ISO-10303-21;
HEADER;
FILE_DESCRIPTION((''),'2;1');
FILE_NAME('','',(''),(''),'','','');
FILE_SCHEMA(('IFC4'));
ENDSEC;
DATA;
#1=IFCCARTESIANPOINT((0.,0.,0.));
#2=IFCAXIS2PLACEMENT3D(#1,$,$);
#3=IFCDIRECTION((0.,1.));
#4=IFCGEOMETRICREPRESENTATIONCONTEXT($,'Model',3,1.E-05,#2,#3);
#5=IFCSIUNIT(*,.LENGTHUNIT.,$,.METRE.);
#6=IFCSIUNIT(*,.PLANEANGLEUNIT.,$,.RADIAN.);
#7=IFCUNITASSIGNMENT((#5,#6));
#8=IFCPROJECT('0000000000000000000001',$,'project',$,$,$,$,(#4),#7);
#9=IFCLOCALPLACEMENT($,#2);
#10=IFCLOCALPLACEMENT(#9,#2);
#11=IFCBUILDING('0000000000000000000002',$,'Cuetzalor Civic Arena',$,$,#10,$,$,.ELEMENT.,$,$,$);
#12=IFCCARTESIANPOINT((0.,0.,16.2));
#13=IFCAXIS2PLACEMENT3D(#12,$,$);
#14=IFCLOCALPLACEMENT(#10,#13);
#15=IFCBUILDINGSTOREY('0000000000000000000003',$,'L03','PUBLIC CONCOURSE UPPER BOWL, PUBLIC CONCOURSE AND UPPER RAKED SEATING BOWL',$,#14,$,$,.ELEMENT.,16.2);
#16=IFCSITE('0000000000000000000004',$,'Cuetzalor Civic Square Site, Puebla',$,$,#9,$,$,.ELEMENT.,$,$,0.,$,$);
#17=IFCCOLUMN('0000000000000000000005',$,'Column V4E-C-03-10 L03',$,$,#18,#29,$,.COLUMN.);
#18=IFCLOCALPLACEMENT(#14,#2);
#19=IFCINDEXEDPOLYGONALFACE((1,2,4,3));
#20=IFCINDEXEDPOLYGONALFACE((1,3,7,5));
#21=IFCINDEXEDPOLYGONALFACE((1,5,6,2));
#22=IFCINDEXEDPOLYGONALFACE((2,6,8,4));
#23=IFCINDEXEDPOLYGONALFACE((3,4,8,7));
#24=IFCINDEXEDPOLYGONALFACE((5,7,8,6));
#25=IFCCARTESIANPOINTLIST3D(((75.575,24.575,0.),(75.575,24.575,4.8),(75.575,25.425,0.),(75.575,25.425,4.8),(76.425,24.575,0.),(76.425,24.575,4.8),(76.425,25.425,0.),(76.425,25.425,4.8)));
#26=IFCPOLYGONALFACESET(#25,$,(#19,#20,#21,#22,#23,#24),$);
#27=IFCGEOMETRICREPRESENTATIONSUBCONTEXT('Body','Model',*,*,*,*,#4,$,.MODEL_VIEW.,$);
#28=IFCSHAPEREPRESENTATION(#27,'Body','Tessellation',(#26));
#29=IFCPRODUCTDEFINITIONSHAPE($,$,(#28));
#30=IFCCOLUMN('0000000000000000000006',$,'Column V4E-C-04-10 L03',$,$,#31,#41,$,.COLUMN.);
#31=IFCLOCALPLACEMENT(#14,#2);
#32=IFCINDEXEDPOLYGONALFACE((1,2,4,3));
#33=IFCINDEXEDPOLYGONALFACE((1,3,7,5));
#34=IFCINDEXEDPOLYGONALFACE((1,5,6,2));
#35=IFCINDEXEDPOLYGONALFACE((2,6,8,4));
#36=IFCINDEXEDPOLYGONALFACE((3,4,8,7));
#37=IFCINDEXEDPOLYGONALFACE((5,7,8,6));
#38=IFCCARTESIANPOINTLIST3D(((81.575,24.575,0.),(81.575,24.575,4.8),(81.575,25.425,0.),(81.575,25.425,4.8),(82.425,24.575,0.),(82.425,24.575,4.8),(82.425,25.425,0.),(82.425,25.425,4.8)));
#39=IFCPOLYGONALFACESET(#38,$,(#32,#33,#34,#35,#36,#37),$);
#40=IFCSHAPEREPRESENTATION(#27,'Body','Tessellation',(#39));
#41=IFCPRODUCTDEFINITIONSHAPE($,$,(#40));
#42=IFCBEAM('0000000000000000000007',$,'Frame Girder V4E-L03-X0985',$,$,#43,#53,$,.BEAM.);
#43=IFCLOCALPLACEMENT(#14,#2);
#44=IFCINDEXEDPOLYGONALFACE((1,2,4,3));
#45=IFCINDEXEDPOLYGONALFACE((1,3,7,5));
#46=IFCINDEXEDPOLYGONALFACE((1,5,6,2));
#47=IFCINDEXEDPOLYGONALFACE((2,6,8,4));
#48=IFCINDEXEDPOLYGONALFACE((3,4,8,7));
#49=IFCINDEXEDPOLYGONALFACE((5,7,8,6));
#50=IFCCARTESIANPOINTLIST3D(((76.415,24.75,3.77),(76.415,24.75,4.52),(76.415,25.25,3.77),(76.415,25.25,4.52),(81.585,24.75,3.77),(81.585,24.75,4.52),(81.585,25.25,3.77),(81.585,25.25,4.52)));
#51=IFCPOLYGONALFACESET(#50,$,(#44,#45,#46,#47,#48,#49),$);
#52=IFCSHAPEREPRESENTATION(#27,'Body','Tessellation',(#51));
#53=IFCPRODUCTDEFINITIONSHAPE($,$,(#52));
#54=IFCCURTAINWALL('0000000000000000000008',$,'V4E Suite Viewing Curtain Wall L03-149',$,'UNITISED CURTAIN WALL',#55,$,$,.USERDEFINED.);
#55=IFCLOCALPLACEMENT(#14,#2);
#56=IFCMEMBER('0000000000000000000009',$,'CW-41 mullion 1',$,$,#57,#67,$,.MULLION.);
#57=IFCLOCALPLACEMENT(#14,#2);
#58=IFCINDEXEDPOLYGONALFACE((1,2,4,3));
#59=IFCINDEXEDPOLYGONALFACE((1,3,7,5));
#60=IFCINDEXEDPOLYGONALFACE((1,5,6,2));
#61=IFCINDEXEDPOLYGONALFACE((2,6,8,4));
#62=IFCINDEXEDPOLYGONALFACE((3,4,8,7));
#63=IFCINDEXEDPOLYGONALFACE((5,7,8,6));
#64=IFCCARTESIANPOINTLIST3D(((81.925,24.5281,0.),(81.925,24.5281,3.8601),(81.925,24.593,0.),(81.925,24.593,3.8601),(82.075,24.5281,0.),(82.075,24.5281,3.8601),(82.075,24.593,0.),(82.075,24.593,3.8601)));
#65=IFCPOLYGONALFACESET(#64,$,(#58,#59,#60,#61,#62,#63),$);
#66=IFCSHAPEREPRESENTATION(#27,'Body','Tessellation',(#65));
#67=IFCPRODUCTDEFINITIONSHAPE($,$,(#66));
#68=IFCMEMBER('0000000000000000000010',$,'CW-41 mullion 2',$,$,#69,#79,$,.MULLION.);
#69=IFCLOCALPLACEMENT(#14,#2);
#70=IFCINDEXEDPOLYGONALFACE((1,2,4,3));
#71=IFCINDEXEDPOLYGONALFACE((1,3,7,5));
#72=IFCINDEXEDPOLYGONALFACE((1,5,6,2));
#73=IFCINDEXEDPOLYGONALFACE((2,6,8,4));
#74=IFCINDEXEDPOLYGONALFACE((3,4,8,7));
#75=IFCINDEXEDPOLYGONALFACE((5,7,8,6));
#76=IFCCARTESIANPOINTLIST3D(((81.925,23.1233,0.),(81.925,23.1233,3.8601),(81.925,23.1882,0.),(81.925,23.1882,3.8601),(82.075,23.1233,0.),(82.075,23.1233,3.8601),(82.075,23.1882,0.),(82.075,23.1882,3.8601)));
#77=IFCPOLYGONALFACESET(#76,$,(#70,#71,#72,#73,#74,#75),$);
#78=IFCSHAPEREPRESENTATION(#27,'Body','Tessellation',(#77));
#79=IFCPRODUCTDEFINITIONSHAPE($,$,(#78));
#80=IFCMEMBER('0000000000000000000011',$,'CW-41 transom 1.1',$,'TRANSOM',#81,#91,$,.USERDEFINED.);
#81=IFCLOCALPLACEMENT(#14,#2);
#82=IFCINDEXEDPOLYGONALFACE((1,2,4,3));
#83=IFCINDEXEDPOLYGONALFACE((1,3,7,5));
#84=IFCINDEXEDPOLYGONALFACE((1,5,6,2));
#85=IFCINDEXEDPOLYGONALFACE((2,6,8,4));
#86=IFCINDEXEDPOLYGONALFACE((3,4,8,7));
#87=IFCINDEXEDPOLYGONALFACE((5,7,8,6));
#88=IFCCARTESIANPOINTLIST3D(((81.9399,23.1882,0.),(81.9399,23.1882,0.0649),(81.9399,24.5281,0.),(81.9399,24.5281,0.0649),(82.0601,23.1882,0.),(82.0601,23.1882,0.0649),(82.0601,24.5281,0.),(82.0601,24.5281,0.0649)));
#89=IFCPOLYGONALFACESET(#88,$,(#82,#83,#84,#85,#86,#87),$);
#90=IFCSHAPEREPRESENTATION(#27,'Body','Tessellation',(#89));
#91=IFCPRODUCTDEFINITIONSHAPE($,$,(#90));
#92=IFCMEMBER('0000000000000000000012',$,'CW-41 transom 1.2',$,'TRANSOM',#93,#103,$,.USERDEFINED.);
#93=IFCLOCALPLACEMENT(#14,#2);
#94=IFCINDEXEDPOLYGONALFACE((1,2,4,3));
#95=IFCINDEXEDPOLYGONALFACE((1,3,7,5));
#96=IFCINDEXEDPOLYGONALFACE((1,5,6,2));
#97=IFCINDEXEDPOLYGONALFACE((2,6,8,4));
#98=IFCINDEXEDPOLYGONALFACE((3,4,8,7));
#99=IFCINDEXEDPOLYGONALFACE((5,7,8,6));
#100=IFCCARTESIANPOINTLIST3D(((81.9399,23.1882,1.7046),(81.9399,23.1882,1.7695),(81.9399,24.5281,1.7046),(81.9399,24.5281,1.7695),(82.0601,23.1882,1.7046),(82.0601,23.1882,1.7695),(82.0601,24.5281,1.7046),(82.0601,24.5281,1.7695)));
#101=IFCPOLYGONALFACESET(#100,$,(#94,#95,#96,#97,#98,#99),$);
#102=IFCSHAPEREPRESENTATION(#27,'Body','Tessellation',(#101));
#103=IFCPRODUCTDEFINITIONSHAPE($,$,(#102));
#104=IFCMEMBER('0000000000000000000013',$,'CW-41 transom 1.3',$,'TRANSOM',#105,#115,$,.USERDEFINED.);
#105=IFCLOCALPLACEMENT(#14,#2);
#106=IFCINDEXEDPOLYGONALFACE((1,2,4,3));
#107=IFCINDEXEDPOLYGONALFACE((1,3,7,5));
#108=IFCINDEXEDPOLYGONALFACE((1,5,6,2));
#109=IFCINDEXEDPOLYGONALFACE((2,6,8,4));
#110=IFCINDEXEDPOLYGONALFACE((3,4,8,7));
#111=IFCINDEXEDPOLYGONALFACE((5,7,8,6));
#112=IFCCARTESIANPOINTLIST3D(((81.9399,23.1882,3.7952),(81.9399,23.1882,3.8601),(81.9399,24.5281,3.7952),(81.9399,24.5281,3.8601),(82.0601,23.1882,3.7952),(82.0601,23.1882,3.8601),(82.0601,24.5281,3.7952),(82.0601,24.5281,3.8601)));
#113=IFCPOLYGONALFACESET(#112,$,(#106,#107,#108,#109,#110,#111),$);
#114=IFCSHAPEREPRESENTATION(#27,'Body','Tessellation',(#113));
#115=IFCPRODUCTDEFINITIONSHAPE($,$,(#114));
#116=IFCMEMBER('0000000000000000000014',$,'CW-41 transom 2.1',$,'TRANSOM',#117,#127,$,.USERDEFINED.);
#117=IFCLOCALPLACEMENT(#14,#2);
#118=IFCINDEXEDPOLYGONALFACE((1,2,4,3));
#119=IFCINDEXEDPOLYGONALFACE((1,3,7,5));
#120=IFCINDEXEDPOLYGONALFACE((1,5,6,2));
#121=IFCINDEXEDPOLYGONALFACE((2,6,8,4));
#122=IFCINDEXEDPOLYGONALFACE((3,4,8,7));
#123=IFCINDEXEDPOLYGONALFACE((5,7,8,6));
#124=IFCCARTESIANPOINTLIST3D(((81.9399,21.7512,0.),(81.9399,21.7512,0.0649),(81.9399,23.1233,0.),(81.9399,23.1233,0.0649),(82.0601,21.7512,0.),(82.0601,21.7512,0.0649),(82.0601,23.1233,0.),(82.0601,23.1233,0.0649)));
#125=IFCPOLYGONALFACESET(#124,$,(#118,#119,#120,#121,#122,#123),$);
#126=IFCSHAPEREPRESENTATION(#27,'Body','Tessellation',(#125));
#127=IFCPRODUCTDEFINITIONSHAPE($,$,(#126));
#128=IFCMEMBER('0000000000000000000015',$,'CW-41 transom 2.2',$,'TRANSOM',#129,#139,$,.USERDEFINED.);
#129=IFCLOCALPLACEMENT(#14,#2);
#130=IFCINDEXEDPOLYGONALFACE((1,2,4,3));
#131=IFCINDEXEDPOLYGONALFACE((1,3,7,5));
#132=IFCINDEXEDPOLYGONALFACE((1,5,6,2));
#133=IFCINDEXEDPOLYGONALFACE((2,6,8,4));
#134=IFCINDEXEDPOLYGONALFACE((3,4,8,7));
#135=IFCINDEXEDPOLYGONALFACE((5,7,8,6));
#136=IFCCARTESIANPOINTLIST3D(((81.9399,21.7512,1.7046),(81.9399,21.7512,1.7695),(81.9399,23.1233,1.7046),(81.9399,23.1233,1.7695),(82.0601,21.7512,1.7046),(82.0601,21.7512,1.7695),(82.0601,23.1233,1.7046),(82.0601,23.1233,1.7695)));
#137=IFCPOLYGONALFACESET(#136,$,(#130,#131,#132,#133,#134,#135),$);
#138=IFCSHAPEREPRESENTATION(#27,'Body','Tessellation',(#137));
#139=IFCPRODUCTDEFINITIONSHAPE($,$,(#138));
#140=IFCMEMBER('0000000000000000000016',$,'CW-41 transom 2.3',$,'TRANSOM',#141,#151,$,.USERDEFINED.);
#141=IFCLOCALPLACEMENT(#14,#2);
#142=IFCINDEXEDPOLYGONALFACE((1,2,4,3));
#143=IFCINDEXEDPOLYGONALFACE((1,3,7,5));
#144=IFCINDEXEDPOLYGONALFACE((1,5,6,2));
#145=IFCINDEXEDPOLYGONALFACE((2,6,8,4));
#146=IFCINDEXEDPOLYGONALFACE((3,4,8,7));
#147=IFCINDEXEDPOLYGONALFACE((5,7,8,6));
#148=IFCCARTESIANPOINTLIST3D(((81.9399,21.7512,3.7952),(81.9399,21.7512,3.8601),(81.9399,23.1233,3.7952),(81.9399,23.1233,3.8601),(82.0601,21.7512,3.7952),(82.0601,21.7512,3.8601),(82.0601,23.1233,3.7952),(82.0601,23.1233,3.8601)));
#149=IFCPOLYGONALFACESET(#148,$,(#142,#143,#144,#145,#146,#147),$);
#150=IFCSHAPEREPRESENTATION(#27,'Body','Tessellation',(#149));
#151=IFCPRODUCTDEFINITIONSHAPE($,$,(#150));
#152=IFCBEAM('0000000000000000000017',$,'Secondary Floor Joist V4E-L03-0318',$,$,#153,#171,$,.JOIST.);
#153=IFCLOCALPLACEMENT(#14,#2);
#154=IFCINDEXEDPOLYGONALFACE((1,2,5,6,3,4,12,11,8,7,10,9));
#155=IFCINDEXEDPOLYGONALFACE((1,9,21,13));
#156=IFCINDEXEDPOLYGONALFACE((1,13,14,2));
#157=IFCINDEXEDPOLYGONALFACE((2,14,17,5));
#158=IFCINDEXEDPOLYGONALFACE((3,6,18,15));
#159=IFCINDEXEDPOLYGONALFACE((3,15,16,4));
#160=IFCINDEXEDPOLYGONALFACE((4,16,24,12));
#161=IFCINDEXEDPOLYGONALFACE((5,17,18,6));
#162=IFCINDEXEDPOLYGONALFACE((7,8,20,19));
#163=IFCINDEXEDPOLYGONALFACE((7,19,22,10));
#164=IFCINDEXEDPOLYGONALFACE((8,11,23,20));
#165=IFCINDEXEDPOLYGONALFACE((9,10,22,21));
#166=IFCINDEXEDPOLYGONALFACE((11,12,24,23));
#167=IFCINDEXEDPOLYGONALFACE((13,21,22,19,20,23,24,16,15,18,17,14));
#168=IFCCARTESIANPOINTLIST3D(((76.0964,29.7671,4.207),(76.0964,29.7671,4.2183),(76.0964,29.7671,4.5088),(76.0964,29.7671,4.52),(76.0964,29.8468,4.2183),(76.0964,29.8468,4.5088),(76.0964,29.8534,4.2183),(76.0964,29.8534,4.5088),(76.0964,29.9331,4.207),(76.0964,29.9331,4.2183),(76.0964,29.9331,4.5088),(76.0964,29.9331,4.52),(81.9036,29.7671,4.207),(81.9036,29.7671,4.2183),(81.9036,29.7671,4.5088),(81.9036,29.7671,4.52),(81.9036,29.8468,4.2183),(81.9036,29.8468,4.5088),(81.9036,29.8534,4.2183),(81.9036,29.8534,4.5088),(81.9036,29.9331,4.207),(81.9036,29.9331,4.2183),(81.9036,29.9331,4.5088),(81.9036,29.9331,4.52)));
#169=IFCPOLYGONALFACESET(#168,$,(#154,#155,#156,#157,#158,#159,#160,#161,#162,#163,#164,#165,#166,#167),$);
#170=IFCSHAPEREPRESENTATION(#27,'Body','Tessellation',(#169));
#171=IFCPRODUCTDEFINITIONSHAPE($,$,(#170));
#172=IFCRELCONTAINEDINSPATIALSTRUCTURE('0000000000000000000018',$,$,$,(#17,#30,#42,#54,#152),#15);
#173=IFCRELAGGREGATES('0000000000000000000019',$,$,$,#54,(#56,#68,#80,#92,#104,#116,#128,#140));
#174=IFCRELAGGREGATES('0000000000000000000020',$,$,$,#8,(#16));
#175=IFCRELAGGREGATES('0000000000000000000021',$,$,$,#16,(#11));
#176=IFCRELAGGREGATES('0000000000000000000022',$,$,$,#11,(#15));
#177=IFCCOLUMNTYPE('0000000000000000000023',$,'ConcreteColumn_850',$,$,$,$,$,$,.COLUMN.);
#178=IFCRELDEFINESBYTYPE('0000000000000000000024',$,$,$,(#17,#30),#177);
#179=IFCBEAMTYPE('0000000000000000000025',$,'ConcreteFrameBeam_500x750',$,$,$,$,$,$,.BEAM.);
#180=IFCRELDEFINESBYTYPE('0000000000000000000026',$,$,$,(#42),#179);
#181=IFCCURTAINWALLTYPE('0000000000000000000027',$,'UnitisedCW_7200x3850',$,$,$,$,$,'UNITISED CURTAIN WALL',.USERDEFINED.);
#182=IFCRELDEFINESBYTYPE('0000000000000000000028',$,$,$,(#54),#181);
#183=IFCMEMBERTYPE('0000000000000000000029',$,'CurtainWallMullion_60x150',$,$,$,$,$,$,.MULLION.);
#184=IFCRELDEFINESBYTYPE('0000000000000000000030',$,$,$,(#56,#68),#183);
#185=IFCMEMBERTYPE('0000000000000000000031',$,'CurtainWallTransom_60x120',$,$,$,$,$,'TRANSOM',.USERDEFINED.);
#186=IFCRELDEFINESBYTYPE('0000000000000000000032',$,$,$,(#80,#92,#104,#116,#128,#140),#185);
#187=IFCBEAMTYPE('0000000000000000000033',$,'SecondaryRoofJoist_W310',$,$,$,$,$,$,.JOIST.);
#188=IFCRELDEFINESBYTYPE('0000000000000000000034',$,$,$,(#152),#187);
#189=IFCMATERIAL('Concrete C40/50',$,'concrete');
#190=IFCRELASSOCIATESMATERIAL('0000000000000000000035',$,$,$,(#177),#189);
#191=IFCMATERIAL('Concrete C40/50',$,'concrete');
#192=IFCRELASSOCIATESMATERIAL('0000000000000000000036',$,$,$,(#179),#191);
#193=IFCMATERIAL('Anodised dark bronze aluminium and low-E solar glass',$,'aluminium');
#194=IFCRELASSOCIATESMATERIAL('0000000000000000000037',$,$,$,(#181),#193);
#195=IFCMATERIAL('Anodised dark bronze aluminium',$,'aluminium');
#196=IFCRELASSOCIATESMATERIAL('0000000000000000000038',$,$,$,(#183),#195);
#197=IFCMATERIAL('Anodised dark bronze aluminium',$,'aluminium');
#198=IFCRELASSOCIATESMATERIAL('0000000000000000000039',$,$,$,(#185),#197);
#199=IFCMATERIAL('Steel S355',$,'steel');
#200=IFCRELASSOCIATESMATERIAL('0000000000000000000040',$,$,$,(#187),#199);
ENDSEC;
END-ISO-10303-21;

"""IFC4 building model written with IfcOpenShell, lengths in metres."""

from ifc_helpers import new_model, si_unit, direction, frame, origin, origin_2d, place, context, subcontext, project, spatial, rectangle, i_section, extrude, material, material_profile, profile_set, type_object, element, aggregate, save


model = new_model("IFC4")

# Units and contexts
model_context = context("Model", 3, precision=1e-05, world=origin(), true_north=direction((0.0, 1.0)))
body_context = subcontext(model_context, "Body", "Model", "MODEL_VIEW")
ifc_project = project(units=[si_unit("LENGTHUNIT", "METRE"), si_unit("PLANEANGLEUNIT", "RADIAN")], contexts=[model_context])

# Site, building, storey
site_placement = place(None, origin())
site = spatial("IfcSite", under=ifc_project, at=site_placement, Name="Cuetzalor Civic Square Site, Puebla", CompositionType="ELEMENT", RefElevation=0.0)
building_placement = place(site_placement, origin())
building = spatial("IfcBuilding", under=site, at=building_placement, Name="Cuetzalor Civic Arena", CompositionType="ELEMENT")
storey_placement = place(building_placement, frame((0.0, 0.0, 16.2)))
storey = spatial("IfcBuildingStorey", under=building, at=storey_placement, Name="L03", Description="PUBLIC CONCOURSE UPPER BOWL, PUBLIC CONCOURSE AND UPPER RAKED SEATING BOWL", CompositionType="ELEMENT", Elevation=16.2)

# Columns
ifc_material_1 = material(Name="Concrete C40/50", Category="concrete")
ifc_material_profile_1 = material_profile(ifc_material_1, rectangle(XDim=0.8501, YDim=0.8501, at=origin_2d()), Name="RC 850x850")
ifc_profile_set_1 = profile_set([ifc_material_profile_1], Name="Concrete C40/50")
column_type = type_object("IfcColumnType", Name="ConcreteColumn_850", PredefinedType="COLUMN", material=ifc_profile_set_1)
for number, where, z_axis, x_axis, name in (
    (1, (76.0, 25.0, 0.0), (0.0, 0.0, 1.0), (1.0, 0.0, 0.0), "Column V4E-C-03-10 L03"),
    (2, (82.0, 25.0, 0.0), (0.0, 0.0, 1.0), (1.0, 0.0, 0.0), "Column V4E-C-04-10 L03"),
):
    element("IfcColumn", number, at=place(storey_placement, frame(where, z_axis=z_axis, x_axis=x_axis)), inside=storey, type_object=column_type, Name=name, PredefinedType="COLUMN", context=body_context, shape_type="SweptSolid", body=[
        extrude(rectangle(XDim=0.8501, YDim=0.8501, at=origin_2d()), origin(), (0.0, 0.0, 1.0), 4.8),
    ])

# Beam
ifc_material_2 = material(Name="Concrete C40/50", Category="concrete")
ifc_material_profile_2 = material_profile(ifc_material_2, rectangle(XDim=0.5, YDim=0.75, at=origin_2d()), Name="RC 500x750")
ifc_profile_set_2 = profile_set([ifc_material_profile_2], Name="Concrete C40/50")
beam_type_1 = type_object("IfcBeamType", Name="ConcreteFrameBeam_500x750", PredefinedType="BEAM", material=ifc_profile_set_2)
beam_1_placement = place(storey_placement, frame((76.415, 25.0, 4.145), z_axis=(1.0, 0.0, 0.0), x_axis=(0.0, 1.0, 0.0)))
element("IfcBeam", 3, at=beam_1_placement, inside=storey, type_object=beam_type_1, Name="Frame Girder V4E-L03-X0985", PredefinedType="BEAM", context=body_context, shape_type="SweptSolid", body=[
    extrude(rectangle(XDim=0.5, YDim=0.75, at=origin_2d()), origin(), (0.0, 0.0, 1.0), 5.1699),
])

# Curtain wall, members
ifc_material_3 = material(Name="Anodised dark bronze aluminium and low-E solar glass", Category="aluminium")
curtain_wall_type = type_object("IfcCurtainWallType", Name="UnitisedCW_7200x3850", ElementType="UNITISED CURTAIN WALL", PredefinedType="USERDEFINED", material=ifc_material_3)
curtain_wall_placement = place(storey_placement, origin())
curtain_wall = element("IfcCurtainWall", 4, at=curtain_wall_placement, inside=storey, type_object=curtain_wall_type, Name="V4E Suite Viewing Curtain Wall L03-149", ObjectType="UNITISED CURTAIN WALL", PredefinedType="USERDEFINED")
ifc_material_4 = material(Name="Anodised dark bronze aluminium", Category="aluminium")
ifc_material_profile_3 = material_profile(ifc_material_4, rectangle(XDim=0.0649, YDim=0.1499, at=origin_2d()), Name="ALU MULLION 65x150")
ifc_profile_set_3 = profile_set([ifc_material_profile_3], Name="Anodised dark bronze aluminium")
member_type_1 = type_object("IfcMemberType", Name="CurtainWallMullion_60x150", PredefinedType="MULLION", material=ifc_profile_set_3)
member_1_placement = place(storey_placement, frame((82.0, 24.5605, 0.0), z_axis=(0.0, 0.0, 1.0), x_axis=(0.0, -1.0, 0.0)))
member_1 = element("IfcMember", 5, at=member_1_placement, type_object=member_type_1, Name="CW-41 mullion 1", PredefinedType="MULLION", context=body_context, shape_type="SweptSolid", body=[
    extrude(rectangle(XDim=0.0649, YDim=0.1499, at=origin_2d()), origin(), (0.0, 0.0, 1.0), 3.8601),
])
member_2_placement = place(storey_placement, frame((82.0, 23.1558, 0.0), z_axis=(0.0, 0.0, 1.0), x_axis=(0.0, -1.0, 0.0)))
member_2 = element("IfcMember", 6, at=member_2_placement, type_object=member_type_1, Name="CW-41 mullion 2", PredefinedType="MULLION", context=body_context, shape_type="SweptSolid", body=[
    extrude(rectangle(XDim=0.0649, YDim=0.1499, at=origin_2d()), origin(), (0.0, 0.0, 1.0), 3.8601),
])
ifc_material_5 = material(Name="Anodised dark bronze aluminium", Category="aluminium")
ifc_material_profile_4 = material_profile(ifc_material_5, rectangle(XDim=0.1201, YDim=0.0649, at=origin_2d()), Name="ALU TRANSOM 65x120")
ifc_profile_set_4 = profile_set([ifc_material_profile_4], Name="Anodised dark bronze aluminium")
member_type_2 = type_object("IfcMemberType", Name="CurtainWallTransom_60x120", ElementType="TRANSOM", PredefinedType="USERDEFINED", material=ifc_profile_set_4)
member_3_placement = place(storey_placement, frame((82.0, 24.5281, 0.0325), z_axis=(0.0, -1.0, 0.0), x_axis=(1.0, 0.0, 0.0)))
member_3 = element("IfcMember", 7, at=member_3_placement, type_object=member_type_2, Name="CW-41 transom 1.1", ObjectType="TRANSOM", PredefinedType="USERDEFINED", context=body_context, shape_type="SweptSolid", body=[
    extrude(rectangle(XDim=0.1201, YDim=0.0649, at=origin_2d()), origin(), (0.0, 0.0, 1.0), 1.3398),
])
member_4_placement = place(storey_placement, frame((82.0, 24.5281, 1.7371), z_axis=(0.0, -1.0, 0.0), x_axis=(1.0, 0.0, 0.0)))
member_4 = element("IfcMember", 8, at=member_4_placement, type_object=member_type_2, Name="CW-41 transom 1.2", ObjectType="TRANSOM", PredefinedType="USERDEFINED", context=body_context, shape_type="SweptSolid", body=[
    extrude(rectangle(XDim=0.1201, YDim=0.0649, at=origin_2d()), origin(), (0.0, 0.0, 1.0), 1.3398),
])
member_5_placement = place(storey_placement, frame((82.0, 24.5281, 3.8276), z_axis=(0.0, -1.0, 0.0), x_axis=(1.0, 0.0, 0.0)))
member_5 = element("IfcMember", 9, at=member_5_placement, type_object=member_type_2, Name="CW-41 transom 1.3", ObjectType="TRANSOM", PredefinedType="USERDEFINED", context=body_context, shape_type="SweptSolid", body=[
    extrude(rectangle(XDim=0.1201, YDim=0.0649, at=origin_2d()), origin(), (0.0, 0.0, 1.0), 1.3398),
])
member_6_placement = place(storey_placement, frame((82.0, 23.1233, 0.0325), z_axis=(0.0, -1.0, 0.0), x_axis=(1.0, 0.0, 0.0)))
member_6 = element("IfcMember", 10, at=member_6_placement, type_object=member_type_2, Name="CW-41 transom 2.1", ObjectType="TRANSOM", PredefinedType="USERDEFINED", context=body_context, shape_type="SweptSolid", body=[
    extrude(rectangle(XDim=0.1201, YDim=0.0649, at=origin_2d()), origin(), (0.0, 0.0, 1.0), 1.3721),
])
member_7_placement = place(storey_placement, frame((82.0, 23.1233, 1.7371), z_axis=(0.0, -1.0, 0.0), x_axis=(1.0, 0.0, 0.0)))
member_7 = element("IfcMember", 11, at=member_7_placement, type_object=member_type_2, Name="CW-41 transom 2.2", ObjectType="TRANSOM", PredefinedType="USERDEFINED", context=body_context, shape_type="SweptSolid", body=[
    extrude(rectangle(XDim=0.1201, YDim=0.0649, at=origin_2d()), origin(), (0.0, 0.0, 1.0), 1.3721),
])
member_8_placement = place(storey_placement, frame((82.0, 23.1233, 3.8276), z_axis=(0.0, -1.0, 0.0), x_axis=(1.0, 0.0, 0.0)))
member_8 = element("IfcMember", 12, at=member_8_placement, type_object=member_type_2, Name="CW-41 transom 2.3", ObjectType="TRANSOM", PredefinedType="USERDEFINED", context=body_context, shape_type="SweptSolid", body=[
    extrude(rectangle(XDim=0.1201, YDim=0.0649, at=origin_2d()), origin(), (0.0, 0.0, 1.0), 1.3721),
])

# Beam
ifc_material_6 = material(Name="Steel S355", Category="steel")
ifc_material_profile_5 = material_profile(ifc_material_6, i_section(OverallWidth=0.166, OverallDepth=0.313, WebThickness=0.0066, FlangeThickness=0.0112, at=origin_2d()), Name="W310x45")
ifc_profile_set_5 = profile_set([ifc_material_profile_5], Name="Steel S355")
beam_type_2 = type_object("IfcBeamType", Name="SecondaryRoofJoist_W310", PredefinedType="JOIST", material=ifc_profile_set_5)
beam_2_placement = place(storey_placement, frame((76.0964, 29.8501, 4.3635), z_axis=(1.0, 0.0, 0.0), x_axis=(0.0, 1.0, 0.0)))
element("IfcBeam", 13, at=beam_2_placement, inside=storey, type_object=beam_type_2, Name="Secondary Floor Joist V4E-L03-0318", PredefinedType="JOIST", context=body_context, shape_type="SweptSolid", body=[
    extrude(i_section(OverallWidth=0.166, OverallDepth=0.313, WebThickness=0.0066, FlangeThickness=0.0112, at=origin_2d()), origin(), (0.0, 0.0, 1.0), 5.8071),
])

aggregate(curtain_wall, [member_1, member_2, member_3, member_4, member_5, member_6, member_7, member_8])

save(model, "model.ifc")
